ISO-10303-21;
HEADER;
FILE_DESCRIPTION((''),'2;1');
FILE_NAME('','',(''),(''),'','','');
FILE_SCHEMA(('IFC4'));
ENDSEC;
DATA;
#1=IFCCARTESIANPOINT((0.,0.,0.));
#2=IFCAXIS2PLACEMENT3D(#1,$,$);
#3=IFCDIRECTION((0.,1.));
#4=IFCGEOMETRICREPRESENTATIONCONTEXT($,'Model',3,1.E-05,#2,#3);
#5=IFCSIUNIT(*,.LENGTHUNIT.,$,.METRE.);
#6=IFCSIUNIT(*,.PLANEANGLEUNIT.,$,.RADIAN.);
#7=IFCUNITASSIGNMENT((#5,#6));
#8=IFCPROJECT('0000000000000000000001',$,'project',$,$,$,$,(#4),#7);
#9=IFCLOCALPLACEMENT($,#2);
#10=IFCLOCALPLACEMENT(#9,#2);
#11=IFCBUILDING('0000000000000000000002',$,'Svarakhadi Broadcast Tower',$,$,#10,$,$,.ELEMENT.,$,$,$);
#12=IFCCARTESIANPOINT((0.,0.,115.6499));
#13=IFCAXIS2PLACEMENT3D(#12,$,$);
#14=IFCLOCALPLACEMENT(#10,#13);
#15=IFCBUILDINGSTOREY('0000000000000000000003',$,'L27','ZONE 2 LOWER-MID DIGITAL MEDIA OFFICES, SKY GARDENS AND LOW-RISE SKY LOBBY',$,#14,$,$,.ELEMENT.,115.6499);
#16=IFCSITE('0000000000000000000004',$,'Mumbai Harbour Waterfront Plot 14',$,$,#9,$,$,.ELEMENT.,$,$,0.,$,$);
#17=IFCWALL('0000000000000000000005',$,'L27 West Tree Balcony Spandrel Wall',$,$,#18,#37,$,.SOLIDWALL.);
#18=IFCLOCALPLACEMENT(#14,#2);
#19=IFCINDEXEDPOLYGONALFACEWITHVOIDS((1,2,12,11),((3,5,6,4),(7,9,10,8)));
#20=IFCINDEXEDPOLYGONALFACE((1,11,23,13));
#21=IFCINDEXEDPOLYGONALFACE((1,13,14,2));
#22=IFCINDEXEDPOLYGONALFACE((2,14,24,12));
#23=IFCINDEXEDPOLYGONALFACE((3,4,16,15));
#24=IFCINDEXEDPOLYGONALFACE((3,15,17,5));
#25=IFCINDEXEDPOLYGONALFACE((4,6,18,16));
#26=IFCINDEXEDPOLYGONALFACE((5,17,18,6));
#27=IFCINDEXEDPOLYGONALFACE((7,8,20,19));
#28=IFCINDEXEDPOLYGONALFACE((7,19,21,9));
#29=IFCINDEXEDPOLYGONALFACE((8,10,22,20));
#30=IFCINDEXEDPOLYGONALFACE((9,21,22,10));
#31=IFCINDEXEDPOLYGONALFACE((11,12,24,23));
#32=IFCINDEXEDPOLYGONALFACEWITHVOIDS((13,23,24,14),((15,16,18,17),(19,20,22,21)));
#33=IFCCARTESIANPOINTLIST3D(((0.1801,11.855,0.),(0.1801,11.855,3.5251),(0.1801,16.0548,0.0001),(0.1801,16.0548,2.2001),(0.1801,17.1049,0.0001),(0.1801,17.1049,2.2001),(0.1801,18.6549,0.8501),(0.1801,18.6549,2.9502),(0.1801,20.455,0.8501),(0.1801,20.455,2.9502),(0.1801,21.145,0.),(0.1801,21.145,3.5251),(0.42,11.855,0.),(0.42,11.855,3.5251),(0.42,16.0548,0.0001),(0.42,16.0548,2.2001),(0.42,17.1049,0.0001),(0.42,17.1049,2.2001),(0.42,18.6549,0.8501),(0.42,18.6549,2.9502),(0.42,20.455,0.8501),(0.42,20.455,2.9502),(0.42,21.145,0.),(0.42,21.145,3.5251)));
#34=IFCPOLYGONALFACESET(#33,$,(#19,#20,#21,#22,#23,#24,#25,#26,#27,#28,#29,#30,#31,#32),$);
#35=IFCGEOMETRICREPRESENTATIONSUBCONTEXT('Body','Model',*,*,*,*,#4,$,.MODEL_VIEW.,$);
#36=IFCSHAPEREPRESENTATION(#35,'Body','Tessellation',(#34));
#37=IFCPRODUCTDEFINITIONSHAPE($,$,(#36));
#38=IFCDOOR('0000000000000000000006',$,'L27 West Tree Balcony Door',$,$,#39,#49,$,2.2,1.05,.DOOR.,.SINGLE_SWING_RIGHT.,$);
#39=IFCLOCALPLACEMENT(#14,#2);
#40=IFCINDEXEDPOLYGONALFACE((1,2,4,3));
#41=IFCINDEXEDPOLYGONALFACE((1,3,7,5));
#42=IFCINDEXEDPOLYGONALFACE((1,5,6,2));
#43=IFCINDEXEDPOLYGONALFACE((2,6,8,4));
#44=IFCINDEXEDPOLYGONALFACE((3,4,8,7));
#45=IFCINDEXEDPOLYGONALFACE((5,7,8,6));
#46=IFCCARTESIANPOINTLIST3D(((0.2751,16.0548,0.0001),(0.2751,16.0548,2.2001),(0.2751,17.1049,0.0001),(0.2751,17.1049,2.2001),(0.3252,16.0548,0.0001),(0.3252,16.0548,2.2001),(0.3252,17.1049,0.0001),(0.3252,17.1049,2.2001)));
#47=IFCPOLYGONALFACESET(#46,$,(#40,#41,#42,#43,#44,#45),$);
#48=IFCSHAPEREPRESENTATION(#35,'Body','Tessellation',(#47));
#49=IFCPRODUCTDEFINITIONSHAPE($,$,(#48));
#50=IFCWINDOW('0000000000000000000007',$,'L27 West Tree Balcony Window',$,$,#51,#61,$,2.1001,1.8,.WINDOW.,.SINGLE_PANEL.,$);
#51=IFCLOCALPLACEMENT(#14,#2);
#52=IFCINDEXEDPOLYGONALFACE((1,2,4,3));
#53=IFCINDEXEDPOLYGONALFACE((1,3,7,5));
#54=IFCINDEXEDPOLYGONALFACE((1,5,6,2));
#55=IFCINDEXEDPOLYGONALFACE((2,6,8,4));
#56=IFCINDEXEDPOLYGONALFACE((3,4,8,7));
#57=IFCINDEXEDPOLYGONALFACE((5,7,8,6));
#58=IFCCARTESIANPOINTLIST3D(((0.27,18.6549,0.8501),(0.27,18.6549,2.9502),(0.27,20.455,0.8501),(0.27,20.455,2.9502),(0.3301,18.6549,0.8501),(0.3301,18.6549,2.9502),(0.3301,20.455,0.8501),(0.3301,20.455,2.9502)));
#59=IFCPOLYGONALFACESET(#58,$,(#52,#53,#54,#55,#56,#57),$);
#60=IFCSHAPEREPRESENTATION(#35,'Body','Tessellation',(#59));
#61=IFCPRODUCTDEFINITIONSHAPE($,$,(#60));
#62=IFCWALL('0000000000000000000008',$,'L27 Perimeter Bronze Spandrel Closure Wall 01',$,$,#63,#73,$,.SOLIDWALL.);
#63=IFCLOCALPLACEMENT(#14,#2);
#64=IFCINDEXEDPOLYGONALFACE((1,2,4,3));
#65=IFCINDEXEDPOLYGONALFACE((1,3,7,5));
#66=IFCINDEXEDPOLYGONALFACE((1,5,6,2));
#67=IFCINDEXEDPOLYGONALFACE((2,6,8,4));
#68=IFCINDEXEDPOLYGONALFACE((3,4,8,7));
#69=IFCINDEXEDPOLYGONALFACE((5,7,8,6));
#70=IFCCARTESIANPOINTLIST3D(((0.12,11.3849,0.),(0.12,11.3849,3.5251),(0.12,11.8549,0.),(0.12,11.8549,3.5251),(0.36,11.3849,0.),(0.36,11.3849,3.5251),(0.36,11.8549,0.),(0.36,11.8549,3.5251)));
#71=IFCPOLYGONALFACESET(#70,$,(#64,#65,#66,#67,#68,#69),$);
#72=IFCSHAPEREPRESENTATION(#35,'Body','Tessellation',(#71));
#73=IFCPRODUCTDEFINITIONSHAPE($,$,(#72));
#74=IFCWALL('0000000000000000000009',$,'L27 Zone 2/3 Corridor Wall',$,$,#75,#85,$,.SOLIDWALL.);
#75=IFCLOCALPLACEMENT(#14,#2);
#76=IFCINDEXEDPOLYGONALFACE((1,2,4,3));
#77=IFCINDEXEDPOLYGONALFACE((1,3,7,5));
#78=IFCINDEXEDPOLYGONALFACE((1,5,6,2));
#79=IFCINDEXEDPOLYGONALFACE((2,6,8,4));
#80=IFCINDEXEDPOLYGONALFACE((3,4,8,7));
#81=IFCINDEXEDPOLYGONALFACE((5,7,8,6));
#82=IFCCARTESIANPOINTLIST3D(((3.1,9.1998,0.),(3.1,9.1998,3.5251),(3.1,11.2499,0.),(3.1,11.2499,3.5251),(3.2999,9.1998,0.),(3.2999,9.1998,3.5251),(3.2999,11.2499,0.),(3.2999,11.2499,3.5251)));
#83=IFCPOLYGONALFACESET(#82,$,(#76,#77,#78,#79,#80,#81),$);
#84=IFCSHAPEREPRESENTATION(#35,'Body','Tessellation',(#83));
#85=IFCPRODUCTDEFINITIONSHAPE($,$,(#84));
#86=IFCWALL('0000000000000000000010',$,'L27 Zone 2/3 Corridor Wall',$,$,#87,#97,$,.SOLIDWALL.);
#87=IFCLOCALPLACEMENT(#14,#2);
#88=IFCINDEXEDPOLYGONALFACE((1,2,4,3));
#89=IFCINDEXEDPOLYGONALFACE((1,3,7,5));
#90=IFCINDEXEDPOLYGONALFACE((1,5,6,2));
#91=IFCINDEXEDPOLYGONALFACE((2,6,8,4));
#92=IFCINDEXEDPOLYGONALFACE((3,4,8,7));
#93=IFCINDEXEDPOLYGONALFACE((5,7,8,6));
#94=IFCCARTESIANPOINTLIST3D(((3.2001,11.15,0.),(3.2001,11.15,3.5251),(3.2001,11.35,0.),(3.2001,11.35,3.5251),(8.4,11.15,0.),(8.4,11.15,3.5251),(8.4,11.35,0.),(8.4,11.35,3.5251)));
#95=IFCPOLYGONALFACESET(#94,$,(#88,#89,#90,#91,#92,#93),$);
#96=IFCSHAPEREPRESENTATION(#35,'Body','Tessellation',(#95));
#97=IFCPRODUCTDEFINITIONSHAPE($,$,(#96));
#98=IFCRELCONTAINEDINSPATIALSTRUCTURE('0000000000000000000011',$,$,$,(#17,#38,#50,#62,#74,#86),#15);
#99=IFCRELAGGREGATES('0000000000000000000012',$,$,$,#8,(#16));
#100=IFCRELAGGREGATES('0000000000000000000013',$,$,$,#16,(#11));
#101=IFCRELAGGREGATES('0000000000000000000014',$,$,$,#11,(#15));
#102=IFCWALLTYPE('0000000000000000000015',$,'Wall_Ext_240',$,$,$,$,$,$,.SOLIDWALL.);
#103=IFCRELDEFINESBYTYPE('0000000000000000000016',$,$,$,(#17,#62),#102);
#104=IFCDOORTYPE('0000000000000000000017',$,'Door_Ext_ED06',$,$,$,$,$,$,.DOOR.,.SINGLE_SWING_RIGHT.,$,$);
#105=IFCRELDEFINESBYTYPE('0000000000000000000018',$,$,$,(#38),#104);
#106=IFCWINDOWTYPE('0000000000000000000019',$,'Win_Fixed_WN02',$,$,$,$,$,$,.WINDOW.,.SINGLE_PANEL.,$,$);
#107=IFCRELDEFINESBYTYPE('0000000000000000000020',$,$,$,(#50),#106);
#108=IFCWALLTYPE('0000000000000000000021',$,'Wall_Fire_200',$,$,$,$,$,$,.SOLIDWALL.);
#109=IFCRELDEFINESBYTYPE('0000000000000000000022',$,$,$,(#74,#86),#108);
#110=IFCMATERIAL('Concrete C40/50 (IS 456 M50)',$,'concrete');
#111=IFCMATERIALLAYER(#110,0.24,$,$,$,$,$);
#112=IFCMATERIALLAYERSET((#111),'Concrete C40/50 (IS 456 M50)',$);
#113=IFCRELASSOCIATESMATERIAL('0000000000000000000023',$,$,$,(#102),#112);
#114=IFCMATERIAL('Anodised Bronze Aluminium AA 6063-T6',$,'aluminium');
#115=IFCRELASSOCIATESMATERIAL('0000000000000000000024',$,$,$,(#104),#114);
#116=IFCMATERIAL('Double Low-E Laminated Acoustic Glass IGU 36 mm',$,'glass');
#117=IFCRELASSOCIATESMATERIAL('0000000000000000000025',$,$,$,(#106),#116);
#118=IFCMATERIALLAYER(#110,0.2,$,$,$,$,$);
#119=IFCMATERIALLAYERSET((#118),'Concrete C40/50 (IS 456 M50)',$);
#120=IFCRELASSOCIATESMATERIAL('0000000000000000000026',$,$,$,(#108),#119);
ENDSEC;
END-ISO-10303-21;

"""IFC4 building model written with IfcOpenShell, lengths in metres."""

from ifc_helpers import new_model, si_unit, direction, frame, frame_2d, origin, place, context, subcontext, project, spatial, rectangle, extrude, material, layer, layer_set, type_object, element, fill, save


model = new_model("IFC4")

# Units and contexts
model_context = context("Model", 3, precision=1e-05, world=origin(), true_north=direction((0.0, 1.0)))
body_context = subcontext(model_context, "Body", "Model", "MODEL_VIEW")
ifc_project = project(units=[si_unit("LENGTHUNIT", "METRE"), si_unit("PLANEANGLEUNIT", "RADIAN")], contexts=[model_context])

# Site, building, storey
site_placement = place(None, origin())
site = spatial("IfcSite", under=ifc_project, at=site_placement, Name="Mumbai Harbour Waterfront Plot 14", CompositionType="ELEMENT", RefElevation=0.0)
building_placement = place(site_placement, origin())
building = spatial("IfcBuilding", under=site, at=building_placement, Name="Svarakhadi Broadcast Tower", CompositionType="ELEMENT")
storey_placement = place(building_placement, frame((0.0, 0.0, 115.6499)))
storey = spatial("IfcBuildingStorey", under=building, at=storey_placement, Name="L27", Description="ZONE 2 LOWER-MID DIGITAL MEDIA OFFICES, SKY GARDENS AND LOW-RISE SKY LOBBY", CompositionType="ELEMENT", Elevation=115.6499)

# Shared definitions
ifc_material_1 = material(Name="Anodised Bronze Aluminium AA 6063-T6", Category="aluminium")

# Shared definitions
ifc_material_2 = material(Name="Double Low-E Laminated Acoustic Glass IGU 36 mm", Category="glass")

# Wall, openings, door, window
ifc_material_3 = material(Name="Concrete C40/50 (IS 456 M50)", Category="concrete")
ifc_layer_1 = layer(ifc_material_3, 0.24)
ifc_layer_set_1 = layer_set([ifc_layer_1], Name="Concrete C40/50 (IS 456 M50)")
wall_type_1 = type_object("IfcWallType", Name="Wall_Ext_240", PredefinedType="SOLIDWALL", material=ifc_layer_set_1)
wall_1_placement = place(storey_placement, frame((0.3, 11.855, 0.0), z_axis=(0.0, 0.0, 1.0), x_axis=(0.0, 1.0, 0.0)))
wall_1 = element("IfcWall", 1, at=wall_1_placement, inside=storey, type_object=wall_type_1, Name="L27 West Tree Balcony Spandrel Wall", PredefinedType="SOLIDWALL", context=body_context, shape_type="SweptSolid", body=[
    extrude(rectangle(XDim=9.29, YDim=0.24, at=frame_2d((4.645, 0.0))), origin(), (0.0, 0.0, 1.0), 3.5251),
])
opening_1_placement = place(wall_1_placement, frame((4.2, 0.0, 0.0)))
opening_1 = element("IfcOpeningElement", 2, at=opening_1_placement, cuts=wall_1, PredefinedType="OPENING", context=body_context, shape_type="SweptSolid", body=[
    extrude(rectangle(XDim=1.05, YDim=2.2, at=frame_2d((0.5249, 1.1001))), frame((0.0, 0.1299, 0.0), z_axis=(0.0, -1.0, 0.0), x_axis=(1.0, 0.0, 0.0)), (0.0, 0.0, 1.0), 0.26),
])
opening_2_placement = place(wall_1_placement, frame((6.8, 0.0, 0.8501)))
opening_2 = element("IfcOpeningElement", 3, at=opening_2_placement, cuts=wall_1, PredefinedType="OPENING", context=body_context, shape_type="SweptSolid", body=[
    extrude(rectangle(XDim=1.8, YDim=2.1001, at=frame_2d((0.8999, 1.05))), frame((0.0, 0.1299, 0.0), z_axis=(0.0, -1.0, 0.0), x_axis=(1.0, 0.0, 0.0)), (0.0, 0.0, 1.0), 0.26),
])
door_type_1 = type_object("IfcDoorType", Name="Door_Ext_ED06", OperationType="SINGLE_SWING_RIGHT", PredefinedType="DOOR", material=ifc_material_1)
door_1_placement = place(opening_1_placement, origin())
door_1 = element("IfcDoor", 4, at=door_1_placement, inside=storey, type_object=door_type_1, Name="L27 West Tree Balcony Door", OperationType="SINGLE_SWING_RIGHT", OverallHeight=2.2, OverallWidth=1.05, PredefinedType="DOOR", context=body_context, shape_type="SweptSolid", body=[
    extrude(rectangle(XDim=1.05, YDim=2.2, at=frame_2d((0.5249, 1.1001))), frame((0.0, 0.0249, 0.0), z_axis=(0.0, -1.0, 0.0), x_axis=(1.0, 0.0, 0.0)), (0.0, 0.0, 1.0), 0.05),
])
fill(opening_1, door_1)
window_type = type_object("IfcWindowType", Name="Win_Fixed_WN02", PartitioningType="SINGLE_PANEL", PredefinedType="WINDOW", material=ifc_material_2)
window_placement = place(opening_2_placement, origin())
window = element("IfcWindow", 5, at=window_placement, inside=storey, type_object=window_type, Name="L27 West Tree Balcony Window", OverallHeight=2.1001, OverallWidth=1.8, PartitioningType="SINGLE_PANEL", PredefinedType="WINDOW", context=body_context, shape_type="SweptSolid", body=[
    extrude(rectangle(XDim=1.8, YDim=2.1001, at=frame_2d((0.8999, 1.05))), frame((0.0, 0.03, 0.0), z_axis=(0.0, -1.0, 0.0), x_axis=(1.0, 0.0, 0.0)), (0.0, 0.0, 1.0), 0.0601),
])
fill(opening_2, window)

# Walls
wall_2_placement = place(storey_placement, frame((0.24, 11.385, 0.0), z_axis=(0.0, 0.0, 1.0), x_axis=(0.0, 1.0, 0.0)))
element("IfcWall", 6, at=wall_2_placement, inside=storey, type_object=wall_type_1, Name="L27 Perimeter Bronze Spandrel Closure Wall 01", PredefinedType="SOLIDWALL", context=body_context, shape_type="SweptSolid", body=[
    extrude(rectangle(XDim=0.47, YDim=0.24, at=frame_2d((0.2349, 0.0))), origin(), (0.0, 0.0, 1.0), 3.5251),
])
ifc_layer_2 = layer(ifc_material_3, 0.2)
ifc_layer_set_2 = layer_set([ifc_layer_2], Name="Concrete C40/50 (IS 456 M50)")
wall_type_2 = type_object("IfcWallType", Name="Wall_Fire_200", PredefinedType="SOLIDWALL", material=ifc_layer_set_2)
wall_3_placement = place(storey_placement, frame((3.2, 9.2, 0.0), z_axis=(0.0, 0.0, 1.0), x_axis=(0.0, 1.0, 0.0)))
element("IfcWall", 7, at=wall_3_placement, inside=storey, type_object=wall_type_2, Name="L27 Zone 2/3 Corridor Wall", PredefinedType="SOLIDWALL", context=body_context, shape_type="SweptSolid", body=[
    extrude(rectangle(XDim=2.05, YDim=0.2, at=frame_2d((1.0249, 0.0))), origin(), (0.0, 0.0, 1.0), 3.5251),
])
wall_4_placement = place(storey_placement, frame((3.2, 11.25, 0.0), z_axis=(0.0, 0.0, 1.0), x_axis=(1.0, 0.0, 0.0)))
element("IfcWall", 8, at=wall_4_placement, inside=storey, type_object=wall_type_2, Name="L27 Zone 2/3 Corridor Wall", PredefinedType="SOLIDWALL", context=body_context, shape_type="SweptSolid", body=[
    extrude(rectangle(XDim=5.2, YDim=0.2, at=frame_2d((2.6001, 0.0))), origin(), (0.0, 0.0, 1.0), 3.5251),
])

save(model, "model.ifc")
